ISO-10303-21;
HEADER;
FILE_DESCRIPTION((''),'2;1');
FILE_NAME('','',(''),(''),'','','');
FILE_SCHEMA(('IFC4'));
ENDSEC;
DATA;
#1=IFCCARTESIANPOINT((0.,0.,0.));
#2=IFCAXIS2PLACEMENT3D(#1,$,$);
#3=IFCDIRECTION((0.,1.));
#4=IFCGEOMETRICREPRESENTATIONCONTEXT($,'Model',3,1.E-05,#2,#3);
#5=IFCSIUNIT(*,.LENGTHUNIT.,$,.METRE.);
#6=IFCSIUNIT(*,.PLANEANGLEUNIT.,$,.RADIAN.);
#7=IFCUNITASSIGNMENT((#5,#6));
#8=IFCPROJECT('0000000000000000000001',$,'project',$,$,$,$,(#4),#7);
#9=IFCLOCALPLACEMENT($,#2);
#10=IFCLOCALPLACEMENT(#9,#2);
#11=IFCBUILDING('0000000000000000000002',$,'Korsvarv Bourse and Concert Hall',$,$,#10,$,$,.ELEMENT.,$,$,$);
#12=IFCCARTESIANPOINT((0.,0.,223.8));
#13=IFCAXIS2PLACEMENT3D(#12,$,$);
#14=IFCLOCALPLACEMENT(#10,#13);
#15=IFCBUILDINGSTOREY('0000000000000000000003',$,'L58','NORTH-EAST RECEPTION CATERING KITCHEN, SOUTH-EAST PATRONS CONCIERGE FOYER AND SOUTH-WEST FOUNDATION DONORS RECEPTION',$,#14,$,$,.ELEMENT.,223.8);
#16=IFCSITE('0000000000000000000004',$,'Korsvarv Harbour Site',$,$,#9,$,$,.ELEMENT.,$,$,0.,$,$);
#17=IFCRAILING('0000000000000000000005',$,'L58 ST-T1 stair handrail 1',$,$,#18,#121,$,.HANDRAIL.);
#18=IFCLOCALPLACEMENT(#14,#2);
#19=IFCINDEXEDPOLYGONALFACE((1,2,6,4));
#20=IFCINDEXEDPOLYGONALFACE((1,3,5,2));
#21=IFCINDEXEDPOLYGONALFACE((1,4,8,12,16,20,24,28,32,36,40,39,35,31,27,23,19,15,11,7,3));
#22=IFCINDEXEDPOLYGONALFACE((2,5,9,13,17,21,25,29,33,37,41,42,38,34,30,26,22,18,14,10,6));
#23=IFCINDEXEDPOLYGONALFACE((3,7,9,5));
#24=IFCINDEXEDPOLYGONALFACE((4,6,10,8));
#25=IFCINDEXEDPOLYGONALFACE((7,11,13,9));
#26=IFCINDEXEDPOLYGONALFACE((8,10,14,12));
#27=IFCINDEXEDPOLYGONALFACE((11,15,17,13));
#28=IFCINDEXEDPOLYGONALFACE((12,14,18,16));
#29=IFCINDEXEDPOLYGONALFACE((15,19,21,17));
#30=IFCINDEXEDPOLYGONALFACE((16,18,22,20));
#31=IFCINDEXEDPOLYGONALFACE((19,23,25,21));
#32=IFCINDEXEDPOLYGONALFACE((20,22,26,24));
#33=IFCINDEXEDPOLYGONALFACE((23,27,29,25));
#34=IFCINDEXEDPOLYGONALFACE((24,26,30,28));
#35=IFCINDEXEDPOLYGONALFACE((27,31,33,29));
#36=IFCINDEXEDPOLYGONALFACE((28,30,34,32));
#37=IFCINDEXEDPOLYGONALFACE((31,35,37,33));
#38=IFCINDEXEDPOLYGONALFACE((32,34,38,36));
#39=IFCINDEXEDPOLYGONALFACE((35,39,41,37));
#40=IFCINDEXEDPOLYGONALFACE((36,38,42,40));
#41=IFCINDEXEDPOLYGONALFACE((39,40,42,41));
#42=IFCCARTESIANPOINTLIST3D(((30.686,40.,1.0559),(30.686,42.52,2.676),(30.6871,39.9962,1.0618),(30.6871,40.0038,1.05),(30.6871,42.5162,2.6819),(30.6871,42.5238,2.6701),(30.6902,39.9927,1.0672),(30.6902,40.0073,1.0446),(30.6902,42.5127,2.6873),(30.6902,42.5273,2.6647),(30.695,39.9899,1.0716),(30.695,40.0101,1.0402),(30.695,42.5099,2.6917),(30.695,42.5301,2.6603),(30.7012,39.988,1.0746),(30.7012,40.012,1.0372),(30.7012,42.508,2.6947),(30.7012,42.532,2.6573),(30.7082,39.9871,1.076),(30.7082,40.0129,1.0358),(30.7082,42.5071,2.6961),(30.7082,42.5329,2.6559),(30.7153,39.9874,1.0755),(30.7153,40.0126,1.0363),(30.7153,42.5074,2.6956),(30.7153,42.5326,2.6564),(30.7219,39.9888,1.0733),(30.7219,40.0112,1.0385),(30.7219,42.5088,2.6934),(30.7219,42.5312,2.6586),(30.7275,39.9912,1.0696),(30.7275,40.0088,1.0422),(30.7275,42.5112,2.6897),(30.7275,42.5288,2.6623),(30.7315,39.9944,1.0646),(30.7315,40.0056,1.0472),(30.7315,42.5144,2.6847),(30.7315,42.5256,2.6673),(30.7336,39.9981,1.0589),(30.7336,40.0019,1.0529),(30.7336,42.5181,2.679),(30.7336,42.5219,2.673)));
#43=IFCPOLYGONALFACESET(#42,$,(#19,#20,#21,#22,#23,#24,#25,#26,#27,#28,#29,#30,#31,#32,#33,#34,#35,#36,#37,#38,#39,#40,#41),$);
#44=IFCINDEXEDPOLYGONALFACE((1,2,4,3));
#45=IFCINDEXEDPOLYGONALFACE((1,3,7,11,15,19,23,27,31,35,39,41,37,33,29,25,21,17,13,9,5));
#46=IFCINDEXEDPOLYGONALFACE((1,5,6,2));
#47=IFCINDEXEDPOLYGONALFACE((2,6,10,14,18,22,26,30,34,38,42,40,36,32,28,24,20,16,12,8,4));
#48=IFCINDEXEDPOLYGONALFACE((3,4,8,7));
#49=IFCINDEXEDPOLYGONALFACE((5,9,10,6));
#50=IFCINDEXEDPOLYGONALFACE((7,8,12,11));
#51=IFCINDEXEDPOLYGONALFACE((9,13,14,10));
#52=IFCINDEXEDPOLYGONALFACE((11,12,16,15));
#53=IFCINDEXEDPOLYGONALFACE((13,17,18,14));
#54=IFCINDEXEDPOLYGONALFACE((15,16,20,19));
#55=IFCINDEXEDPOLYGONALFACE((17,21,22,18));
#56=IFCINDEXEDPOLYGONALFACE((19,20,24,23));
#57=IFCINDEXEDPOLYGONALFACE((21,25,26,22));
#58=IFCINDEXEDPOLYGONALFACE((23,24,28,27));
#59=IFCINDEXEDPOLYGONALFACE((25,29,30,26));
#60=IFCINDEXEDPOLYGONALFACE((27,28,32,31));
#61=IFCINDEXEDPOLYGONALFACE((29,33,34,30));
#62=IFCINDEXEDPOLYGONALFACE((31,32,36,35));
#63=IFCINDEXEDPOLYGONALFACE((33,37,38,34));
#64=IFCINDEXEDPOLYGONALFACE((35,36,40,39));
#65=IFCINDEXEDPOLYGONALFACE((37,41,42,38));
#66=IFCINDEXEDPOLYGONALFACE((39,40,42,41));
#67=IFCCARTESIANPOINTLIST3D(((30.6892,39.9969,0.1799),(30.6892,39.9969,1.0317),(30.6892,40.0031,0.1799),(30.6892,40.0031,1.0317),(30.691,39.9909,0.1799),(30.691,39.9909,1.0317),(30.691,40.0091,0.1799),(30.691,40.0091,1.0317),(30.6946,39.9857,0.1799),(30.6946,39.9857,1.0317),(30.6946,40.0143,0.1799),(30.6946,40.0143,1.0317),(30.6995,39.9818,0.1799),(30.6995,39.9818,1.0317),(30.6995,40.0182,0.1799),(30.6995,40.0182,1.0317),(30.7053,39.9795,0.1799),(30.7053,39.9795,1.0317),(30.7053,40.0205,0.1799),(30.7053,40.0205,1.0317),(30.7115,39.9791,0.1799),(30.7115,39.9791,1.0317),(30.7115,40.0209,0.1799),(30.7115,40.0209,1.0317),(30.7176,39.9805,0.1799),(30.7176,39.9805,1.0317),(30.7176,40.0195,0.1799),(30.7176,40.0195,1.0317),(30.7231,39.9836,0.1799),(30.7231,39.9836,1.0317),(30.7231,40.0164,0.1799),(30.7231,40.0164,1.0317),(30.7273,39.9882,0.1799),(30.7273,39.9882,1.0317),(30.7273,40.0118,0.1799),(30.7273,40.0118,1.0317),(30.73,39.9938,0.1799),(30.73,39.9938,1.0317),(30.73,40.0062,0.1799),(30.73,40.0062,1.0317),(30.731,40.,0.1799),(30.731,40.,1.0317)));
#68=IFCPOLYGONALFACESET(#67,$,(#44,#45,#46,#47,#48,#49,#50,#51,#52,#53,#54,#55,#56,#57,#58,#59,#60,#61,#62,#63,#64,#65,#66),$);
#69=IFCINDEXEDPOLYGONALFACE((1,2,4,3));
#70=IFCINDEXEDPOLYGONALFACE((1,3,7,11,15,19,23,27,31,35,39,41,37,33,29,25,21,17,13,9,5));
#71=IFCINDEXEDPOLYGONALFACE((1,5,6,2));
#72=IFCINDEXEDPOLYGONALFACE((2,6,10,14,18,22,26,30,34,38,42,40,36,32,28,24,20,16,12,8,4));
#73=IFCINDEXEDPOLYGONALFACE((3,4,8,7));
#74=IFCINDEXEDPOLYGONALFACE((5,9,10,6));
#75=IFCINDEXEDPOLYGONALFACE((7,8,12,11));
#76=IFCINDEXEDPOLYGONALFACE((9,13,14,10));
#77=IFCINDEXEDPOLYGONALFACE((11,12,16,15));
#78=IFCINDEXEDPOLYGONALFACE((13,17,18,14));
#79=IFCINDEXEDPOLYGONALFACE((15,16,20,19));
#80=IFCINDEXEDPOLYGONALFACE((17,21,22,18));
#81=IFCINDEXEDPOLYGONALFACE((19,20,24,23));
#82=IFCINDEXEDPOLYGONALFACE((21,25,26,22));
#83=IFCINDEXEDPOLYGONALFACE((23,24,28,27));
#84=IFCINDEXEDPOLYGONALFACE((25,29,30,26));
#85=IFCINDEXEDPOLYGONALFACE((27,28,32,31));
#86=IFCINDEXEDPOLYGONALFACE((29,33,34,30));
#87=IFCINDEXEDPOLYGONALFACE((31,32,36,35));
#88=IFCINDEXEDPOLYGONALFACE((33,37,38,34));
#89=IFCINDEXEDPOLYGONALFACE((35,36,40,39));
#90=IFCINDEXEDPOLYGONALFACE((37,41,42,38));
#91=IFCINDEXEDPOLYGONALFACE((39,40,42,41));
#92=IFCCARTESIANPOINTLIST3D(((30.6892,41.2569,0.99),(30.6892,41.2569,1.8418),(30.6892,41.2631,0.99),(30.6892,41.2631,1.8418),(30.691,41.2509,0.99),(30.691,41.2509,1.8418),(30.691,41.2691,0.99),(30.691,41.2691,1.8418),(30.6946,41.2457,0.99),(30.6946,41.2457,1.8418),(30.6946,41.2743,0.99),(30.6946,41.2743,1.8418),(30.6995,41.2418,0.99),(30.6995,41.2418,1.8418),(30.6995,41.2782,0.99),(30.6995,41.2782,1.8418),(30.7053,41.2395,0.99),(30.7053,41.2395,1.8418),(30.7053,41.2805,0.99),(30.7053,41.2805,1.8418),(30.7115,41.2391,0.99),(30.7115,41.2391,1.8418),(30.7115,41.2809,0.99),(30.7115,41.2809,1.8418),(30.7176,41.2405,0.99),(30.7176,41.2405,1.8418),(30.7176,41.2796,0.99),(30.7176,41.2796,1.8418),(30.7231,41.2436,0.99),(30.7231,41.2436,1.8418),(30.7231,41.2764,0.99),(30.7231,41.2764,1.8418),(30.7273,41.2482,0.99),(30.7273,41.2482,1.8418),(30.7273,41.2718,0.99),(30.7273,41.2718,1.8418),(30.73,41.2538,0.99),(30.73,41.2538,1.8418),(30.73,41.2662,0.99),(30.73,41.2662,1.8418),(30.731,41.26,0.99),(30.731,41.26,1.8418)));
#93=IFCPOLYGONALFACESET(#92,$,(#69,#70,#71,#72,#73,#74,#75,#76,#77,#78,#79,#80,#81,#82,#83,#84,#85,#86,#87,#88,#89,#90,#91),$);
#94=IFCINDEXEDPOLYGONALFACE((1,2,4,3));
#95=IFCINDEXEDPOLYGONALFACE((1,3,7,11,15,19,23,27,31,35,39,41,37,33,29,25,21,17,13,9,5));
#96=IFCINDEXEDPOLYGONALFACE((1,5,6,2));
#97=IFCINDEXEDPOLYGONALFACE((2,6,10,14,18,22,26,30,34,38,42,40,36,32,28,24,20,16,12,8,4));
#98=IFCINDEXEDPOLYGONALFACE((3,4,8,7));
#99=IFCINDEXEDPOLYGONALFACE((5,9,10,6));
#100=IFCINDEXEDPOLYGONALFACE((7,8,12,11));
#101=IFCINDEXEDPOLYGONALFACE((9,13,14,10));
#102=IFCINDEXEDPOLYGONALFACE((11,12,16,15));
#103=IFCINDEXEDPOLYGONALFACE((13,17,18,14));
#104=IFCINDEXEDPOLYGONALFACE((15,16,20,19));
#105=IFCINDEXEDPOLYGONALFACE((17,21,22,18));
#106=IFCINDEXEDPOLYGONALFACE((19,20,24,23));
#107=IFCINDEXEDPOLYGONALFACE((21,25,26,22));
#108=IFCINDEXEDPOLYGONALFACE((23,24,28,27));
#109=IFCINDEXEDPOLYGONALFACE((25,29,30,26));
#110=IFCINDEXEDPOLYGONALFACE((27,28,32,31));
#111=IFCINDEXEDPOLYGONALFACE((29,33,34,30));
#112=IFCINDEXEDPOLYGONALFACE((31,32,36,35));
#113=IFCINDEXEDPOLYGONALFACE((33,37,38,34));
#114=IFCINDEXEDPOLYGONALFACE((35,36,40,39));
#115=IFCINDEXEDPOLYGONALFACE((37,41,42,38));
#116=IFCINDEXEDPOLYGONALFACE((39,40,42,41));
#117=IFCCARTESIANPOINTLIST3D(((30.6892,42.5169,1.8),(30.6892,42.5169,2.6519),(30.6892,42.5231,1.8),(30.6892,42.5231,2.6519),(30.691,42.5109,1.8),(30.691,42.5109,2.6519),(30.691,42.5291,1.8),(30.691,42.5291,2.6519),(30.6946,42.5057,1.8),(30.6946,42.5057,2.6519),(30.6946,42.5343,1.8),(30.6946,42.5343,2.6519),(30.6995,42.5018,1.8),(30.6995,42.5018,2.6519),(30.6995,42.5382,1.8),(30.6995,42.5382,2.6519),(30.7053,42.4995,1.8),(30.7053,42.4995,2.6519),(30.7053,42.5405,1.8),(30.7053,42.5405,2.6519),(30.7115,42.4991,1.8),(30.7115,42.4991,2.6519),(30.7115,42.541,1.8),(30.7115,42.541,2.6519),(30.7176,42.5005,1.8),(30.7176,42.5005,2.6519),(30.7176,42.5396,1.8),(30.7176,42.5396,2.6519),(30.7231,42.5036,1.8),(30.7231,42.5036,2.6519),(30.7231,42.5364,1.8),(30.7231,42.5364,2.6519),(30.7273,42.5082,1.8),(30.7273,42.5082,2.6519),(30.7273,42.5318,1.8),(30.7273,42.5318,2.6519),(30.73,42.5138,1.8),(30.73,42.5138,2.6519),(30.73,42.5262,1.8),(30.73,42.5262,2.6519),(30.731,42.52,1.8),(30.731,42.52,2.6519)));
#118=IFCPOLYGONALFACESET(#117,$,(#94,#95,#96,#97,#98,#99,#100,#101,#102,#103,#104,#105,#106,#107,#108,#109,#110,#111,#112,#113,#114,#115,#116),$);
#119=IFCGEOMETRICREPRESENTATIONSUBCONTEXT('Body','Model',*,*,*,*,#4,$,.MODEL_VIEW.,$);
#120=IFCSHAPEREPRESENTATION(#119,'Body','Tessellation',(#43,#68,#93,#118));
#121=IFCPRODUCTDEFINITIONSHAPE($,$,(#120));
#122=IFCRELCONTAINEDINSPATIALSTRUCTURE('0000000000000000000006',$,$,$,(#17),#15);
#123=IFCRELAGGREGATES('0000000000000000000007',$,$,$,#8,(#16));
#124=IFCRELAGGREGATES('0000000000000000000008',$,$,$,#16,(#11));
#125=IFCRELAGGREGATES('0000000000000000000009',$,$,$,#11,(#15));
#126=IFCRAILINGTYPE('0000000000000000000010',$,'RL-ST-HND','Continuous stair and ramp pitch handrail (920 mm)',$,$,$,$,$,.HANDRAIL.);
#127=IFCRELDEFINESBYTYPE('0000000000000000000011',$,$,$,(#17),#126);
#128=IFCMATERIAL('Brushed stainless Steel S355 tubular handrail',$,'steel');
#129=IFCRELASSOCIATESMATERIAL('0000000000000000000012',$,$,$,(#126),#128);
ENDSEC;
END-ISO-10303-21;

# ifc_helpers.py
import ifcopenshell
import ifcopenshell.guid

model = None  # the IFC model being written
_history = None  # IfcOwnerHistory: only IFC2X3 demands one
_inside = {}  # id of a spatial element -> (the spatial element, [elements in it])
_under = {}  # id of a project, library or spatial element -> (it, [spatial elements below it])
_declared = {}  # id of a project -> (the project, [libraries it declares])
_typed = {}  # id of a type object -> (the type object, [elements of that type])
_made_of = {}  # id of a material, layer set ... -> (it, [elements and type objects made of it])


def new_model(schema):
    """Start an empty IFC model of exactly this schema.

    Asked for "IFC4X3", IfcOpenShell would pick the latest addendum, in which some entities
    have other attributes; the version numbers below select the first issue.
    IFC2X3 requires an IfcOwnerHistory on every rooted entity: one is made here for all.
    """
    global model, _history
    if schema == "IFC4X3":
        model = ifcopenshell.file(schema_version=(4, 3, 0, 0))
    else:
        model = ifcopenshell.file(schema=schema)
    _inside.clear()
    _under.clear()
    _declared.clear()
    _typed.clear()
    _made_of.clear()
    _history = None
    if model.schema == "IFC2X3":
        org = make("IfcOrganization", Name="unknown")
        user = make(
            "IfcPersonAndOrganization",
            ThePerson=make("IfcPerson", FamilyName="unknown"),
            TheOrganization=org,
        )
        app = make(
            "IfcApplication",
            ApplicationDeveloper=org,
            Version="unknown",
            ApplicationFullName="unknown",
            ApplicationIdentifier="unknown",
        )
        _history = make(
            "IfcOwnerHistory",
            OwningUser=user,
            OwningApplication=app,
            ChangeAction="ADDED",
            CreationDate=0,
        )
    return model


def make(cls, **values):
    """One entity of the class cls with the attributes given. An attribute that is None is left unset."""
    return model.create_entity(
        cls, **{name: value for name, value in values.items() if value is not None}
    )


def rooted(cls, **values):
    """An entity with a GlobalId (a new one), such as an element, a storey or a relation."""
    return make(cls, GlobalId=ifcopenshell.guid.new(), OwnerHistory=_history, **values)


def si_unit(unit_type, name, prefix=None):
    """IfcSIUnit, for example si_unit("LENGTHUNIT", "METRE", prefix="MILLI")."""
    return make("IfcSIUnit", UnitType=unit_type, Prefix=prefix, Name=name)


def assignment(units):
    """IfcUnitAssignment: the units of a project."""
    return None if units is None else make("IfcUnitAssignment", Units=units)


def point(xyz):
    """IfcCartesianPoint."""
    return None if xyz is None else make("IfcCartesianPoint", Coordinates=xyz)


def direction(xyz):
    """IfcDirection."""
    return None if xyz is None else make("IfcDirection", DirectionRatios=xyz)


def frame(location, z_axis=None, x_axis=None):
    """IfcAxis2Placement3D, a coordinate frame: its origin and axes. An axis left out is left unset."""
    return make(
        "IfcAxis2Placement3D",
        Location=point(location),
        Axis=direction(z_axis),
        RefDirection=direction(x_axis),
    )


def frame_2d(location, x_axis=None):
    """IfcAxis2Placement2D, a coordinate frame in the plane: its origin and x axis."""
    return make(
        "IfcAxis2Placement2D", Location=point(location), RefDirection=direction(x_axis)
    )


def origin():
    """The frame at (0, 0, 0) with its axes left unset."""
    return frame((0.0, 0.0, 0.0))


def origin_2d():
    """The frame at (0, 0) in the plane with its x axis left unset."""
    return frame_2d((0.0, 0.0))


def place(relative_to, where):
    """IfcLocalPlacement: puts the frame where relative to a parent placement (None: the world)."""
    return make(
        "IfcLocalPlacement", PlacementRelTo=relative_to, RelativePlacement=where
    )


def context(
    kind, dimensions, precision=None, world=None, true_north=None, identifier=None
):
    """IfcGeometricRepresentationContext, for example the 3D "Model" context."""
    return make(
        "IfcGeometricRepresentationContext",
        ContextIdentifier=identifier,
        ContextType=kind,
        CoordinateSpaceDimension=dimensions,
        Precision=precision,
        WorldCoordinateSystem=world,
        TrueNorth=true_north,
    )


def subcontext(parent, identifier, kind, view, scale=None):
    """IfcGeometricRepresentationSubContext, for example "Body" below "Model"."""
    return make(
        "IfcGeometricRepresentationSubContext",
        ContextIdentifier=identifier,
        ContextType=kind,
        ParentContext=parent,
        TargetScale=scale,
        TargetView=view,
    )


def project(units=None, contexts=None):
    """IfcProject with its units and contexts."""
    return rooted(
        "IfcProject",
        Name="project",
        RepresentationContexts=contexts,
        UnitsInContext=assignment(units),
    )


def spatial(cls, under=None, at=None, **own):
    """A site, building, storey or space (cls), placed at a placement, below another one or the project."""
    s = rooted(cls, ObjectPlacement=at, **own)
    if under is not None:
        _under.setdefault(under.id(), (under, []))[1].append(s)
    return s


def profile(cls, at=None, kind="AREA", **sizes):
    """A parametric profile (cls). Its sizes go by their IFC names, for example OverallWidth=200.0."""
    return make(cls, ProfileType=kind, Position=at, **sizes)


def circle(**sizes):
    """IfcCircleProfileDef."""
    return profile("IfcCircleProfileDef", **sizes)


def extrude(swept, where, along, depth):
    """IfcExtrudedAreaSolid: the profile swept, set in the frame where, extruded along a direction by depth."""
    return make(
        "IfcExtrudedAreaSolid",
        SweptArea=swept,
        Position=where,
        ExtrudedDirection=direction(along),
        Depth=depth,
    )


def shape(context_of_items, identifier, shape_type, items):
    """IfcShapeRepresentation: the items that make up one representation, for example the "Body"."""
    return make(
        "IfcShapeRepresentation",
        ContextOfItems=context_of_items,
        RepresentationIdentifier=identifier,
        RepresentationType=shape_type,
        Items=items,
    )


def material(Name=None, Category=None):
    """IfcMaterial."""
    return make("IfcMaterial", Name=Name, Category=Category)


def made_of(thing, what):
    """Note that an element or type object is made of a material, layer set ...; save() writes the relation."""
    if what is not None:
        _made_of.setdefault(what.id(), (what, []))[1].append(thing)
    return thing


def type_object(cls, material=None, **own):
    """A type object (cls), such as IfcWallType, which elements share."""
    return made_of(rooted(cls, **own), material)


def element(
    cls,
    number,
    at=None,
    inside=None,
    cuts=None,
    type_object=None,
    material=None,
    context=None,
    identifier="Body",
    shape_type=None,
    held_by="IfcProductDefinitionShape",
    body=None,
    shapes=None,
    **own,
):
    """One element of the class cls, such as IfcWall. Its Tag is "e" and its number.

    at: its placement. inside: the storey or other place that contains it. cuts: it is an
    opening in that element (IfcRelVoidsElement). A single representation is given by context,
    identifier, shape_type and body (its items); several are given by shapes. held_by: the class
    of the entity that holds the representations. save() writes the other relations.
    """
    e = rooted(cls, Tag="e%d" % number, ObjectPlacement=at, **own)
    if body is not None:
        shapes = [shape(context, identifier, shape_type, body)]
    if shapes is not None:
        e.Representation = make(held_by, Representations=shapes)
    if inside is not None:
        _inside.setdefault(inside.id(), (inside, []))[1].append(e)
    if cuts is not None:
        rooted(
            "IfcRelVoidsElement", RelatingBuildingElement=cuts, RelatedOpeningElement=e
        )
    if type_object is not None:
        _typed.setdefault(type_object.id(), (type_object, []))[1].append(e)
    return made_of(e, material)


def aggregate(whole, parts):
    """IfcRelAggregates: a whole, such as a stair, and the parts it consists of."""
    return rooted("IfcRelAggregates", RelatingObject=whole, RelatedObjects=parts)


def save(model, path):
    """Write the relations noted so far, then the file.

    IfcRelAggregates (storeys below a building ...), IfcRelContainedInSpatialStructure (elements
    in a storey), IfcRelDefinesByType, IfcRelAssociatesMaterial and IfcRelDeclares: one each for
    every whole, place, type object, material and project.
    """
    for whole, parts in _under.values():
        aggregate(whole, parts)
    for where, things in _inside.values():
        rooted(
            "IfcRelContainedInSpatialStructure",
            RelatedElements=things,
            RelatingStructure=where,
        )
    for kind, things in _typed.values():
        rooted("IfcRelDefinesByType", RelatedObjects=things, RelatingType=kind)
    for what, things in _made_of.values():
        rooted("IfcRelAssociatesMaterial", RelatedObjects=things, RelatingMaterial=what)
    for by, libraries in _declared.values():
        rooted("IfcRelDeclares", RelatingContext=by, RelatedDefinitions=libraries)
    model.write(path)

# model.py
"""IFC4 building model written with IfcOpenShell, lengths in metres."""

from ifc_helpers import new_model, si_unit, direction, frame, origin, origin_2d, place, context, subcontext, project, spatial, circle, extrude, material, type_object, element, save


model = new_model("IFC4")

# Units and contexts
model_context = context("Model", 3, precision=1e-05, world=origin(), true_north=direction((0.0, 1.0)))
body_context = subcontext(model_context, "Body", "Model", "MODEL_VIEW")
ifc_project = project(units=[si_unit("LENGTHUNIT", "METRE"), si_unit("PLANEANGLEUNIT", "RADIAN")], contexts=[model_context])

# Site, building, storey
site_placement = place(None, origin())
site = spatial("IfcSite", under=ifc_project, at=site_placement, Name="Korsvarv Harbour Site", CompositionType="ELEMENT", RefElevation=0.0)
building_placement = place(site_placement, origin())
building = spatial("IfcBuilding", under=site, at=building_placement, Name="Korsvarv Bourse and Concert Hall", CompositionType="ELEMENT")
storey_placement = place(building_placement, frame((0.0, 0.0, 223.8)))
storey = spatial("IfcBuildingStorey", under=building, at=storey_placement, Name="L58", Description="NORTH-EAST RECEPTION CATERING KITCHEN, SOUTH-EAST PATRONS CONCIERGE FOYER AND SOUTH-WEST FOUNDATION DONORS RECEPTION", CompositionType="ELEMENT", Elevation=223.8)

# Railing
ifc_material_1 = material(Name="Brushed stainless Steel S355 tubular handrail", Category="steel")
railing_type_1 = type_object("IfcRailingType", Name="RL-ST-HND", Description="Continuous stair and ramp pitch handrail (920 mm)", PredefinedType="HANDRAIL", material=ifc_material_1)
railing_1_placement = place(storey_placement, frame((30.71, 40.0, 0.1799)))
element("IfcRailing", 1, at=railing_1_placement, inside=storey, type_object=railing_type_1, Name="L58 ST-T1 stair handrail 1", PredefinedType="HANDRAIL", context=body_context, shape_type="SweptSolid", body=[
    extrude(circle(Radius=0.0239, at=origin_2d()), frame((0.0, 0.0, 0.876), z_axis=(0.0, 0.841163, 0.540782), x_axis=(-1.0, 0.0, 0.0)), (0.0, 0.0, 1.0), 2.9958),
    extrude(circle(Radius=0.021, at=origin_2d()), origin(), (0.0, 0.0, 1.0), 0.8518),
    extrude(circle(Radius=0.021, at=origin_2d()), frame((0.0, 1.26, 0.8101)), (0.0, 0.0, 1.0), 0.8518),
    extrude(circle(Radius=0.021, at=origin_2d()), frame((0.0, 2.52, 1.6201)), (0.0, 0.0, 1.0), 0.8518),
])

save(model, "model.ifc")
